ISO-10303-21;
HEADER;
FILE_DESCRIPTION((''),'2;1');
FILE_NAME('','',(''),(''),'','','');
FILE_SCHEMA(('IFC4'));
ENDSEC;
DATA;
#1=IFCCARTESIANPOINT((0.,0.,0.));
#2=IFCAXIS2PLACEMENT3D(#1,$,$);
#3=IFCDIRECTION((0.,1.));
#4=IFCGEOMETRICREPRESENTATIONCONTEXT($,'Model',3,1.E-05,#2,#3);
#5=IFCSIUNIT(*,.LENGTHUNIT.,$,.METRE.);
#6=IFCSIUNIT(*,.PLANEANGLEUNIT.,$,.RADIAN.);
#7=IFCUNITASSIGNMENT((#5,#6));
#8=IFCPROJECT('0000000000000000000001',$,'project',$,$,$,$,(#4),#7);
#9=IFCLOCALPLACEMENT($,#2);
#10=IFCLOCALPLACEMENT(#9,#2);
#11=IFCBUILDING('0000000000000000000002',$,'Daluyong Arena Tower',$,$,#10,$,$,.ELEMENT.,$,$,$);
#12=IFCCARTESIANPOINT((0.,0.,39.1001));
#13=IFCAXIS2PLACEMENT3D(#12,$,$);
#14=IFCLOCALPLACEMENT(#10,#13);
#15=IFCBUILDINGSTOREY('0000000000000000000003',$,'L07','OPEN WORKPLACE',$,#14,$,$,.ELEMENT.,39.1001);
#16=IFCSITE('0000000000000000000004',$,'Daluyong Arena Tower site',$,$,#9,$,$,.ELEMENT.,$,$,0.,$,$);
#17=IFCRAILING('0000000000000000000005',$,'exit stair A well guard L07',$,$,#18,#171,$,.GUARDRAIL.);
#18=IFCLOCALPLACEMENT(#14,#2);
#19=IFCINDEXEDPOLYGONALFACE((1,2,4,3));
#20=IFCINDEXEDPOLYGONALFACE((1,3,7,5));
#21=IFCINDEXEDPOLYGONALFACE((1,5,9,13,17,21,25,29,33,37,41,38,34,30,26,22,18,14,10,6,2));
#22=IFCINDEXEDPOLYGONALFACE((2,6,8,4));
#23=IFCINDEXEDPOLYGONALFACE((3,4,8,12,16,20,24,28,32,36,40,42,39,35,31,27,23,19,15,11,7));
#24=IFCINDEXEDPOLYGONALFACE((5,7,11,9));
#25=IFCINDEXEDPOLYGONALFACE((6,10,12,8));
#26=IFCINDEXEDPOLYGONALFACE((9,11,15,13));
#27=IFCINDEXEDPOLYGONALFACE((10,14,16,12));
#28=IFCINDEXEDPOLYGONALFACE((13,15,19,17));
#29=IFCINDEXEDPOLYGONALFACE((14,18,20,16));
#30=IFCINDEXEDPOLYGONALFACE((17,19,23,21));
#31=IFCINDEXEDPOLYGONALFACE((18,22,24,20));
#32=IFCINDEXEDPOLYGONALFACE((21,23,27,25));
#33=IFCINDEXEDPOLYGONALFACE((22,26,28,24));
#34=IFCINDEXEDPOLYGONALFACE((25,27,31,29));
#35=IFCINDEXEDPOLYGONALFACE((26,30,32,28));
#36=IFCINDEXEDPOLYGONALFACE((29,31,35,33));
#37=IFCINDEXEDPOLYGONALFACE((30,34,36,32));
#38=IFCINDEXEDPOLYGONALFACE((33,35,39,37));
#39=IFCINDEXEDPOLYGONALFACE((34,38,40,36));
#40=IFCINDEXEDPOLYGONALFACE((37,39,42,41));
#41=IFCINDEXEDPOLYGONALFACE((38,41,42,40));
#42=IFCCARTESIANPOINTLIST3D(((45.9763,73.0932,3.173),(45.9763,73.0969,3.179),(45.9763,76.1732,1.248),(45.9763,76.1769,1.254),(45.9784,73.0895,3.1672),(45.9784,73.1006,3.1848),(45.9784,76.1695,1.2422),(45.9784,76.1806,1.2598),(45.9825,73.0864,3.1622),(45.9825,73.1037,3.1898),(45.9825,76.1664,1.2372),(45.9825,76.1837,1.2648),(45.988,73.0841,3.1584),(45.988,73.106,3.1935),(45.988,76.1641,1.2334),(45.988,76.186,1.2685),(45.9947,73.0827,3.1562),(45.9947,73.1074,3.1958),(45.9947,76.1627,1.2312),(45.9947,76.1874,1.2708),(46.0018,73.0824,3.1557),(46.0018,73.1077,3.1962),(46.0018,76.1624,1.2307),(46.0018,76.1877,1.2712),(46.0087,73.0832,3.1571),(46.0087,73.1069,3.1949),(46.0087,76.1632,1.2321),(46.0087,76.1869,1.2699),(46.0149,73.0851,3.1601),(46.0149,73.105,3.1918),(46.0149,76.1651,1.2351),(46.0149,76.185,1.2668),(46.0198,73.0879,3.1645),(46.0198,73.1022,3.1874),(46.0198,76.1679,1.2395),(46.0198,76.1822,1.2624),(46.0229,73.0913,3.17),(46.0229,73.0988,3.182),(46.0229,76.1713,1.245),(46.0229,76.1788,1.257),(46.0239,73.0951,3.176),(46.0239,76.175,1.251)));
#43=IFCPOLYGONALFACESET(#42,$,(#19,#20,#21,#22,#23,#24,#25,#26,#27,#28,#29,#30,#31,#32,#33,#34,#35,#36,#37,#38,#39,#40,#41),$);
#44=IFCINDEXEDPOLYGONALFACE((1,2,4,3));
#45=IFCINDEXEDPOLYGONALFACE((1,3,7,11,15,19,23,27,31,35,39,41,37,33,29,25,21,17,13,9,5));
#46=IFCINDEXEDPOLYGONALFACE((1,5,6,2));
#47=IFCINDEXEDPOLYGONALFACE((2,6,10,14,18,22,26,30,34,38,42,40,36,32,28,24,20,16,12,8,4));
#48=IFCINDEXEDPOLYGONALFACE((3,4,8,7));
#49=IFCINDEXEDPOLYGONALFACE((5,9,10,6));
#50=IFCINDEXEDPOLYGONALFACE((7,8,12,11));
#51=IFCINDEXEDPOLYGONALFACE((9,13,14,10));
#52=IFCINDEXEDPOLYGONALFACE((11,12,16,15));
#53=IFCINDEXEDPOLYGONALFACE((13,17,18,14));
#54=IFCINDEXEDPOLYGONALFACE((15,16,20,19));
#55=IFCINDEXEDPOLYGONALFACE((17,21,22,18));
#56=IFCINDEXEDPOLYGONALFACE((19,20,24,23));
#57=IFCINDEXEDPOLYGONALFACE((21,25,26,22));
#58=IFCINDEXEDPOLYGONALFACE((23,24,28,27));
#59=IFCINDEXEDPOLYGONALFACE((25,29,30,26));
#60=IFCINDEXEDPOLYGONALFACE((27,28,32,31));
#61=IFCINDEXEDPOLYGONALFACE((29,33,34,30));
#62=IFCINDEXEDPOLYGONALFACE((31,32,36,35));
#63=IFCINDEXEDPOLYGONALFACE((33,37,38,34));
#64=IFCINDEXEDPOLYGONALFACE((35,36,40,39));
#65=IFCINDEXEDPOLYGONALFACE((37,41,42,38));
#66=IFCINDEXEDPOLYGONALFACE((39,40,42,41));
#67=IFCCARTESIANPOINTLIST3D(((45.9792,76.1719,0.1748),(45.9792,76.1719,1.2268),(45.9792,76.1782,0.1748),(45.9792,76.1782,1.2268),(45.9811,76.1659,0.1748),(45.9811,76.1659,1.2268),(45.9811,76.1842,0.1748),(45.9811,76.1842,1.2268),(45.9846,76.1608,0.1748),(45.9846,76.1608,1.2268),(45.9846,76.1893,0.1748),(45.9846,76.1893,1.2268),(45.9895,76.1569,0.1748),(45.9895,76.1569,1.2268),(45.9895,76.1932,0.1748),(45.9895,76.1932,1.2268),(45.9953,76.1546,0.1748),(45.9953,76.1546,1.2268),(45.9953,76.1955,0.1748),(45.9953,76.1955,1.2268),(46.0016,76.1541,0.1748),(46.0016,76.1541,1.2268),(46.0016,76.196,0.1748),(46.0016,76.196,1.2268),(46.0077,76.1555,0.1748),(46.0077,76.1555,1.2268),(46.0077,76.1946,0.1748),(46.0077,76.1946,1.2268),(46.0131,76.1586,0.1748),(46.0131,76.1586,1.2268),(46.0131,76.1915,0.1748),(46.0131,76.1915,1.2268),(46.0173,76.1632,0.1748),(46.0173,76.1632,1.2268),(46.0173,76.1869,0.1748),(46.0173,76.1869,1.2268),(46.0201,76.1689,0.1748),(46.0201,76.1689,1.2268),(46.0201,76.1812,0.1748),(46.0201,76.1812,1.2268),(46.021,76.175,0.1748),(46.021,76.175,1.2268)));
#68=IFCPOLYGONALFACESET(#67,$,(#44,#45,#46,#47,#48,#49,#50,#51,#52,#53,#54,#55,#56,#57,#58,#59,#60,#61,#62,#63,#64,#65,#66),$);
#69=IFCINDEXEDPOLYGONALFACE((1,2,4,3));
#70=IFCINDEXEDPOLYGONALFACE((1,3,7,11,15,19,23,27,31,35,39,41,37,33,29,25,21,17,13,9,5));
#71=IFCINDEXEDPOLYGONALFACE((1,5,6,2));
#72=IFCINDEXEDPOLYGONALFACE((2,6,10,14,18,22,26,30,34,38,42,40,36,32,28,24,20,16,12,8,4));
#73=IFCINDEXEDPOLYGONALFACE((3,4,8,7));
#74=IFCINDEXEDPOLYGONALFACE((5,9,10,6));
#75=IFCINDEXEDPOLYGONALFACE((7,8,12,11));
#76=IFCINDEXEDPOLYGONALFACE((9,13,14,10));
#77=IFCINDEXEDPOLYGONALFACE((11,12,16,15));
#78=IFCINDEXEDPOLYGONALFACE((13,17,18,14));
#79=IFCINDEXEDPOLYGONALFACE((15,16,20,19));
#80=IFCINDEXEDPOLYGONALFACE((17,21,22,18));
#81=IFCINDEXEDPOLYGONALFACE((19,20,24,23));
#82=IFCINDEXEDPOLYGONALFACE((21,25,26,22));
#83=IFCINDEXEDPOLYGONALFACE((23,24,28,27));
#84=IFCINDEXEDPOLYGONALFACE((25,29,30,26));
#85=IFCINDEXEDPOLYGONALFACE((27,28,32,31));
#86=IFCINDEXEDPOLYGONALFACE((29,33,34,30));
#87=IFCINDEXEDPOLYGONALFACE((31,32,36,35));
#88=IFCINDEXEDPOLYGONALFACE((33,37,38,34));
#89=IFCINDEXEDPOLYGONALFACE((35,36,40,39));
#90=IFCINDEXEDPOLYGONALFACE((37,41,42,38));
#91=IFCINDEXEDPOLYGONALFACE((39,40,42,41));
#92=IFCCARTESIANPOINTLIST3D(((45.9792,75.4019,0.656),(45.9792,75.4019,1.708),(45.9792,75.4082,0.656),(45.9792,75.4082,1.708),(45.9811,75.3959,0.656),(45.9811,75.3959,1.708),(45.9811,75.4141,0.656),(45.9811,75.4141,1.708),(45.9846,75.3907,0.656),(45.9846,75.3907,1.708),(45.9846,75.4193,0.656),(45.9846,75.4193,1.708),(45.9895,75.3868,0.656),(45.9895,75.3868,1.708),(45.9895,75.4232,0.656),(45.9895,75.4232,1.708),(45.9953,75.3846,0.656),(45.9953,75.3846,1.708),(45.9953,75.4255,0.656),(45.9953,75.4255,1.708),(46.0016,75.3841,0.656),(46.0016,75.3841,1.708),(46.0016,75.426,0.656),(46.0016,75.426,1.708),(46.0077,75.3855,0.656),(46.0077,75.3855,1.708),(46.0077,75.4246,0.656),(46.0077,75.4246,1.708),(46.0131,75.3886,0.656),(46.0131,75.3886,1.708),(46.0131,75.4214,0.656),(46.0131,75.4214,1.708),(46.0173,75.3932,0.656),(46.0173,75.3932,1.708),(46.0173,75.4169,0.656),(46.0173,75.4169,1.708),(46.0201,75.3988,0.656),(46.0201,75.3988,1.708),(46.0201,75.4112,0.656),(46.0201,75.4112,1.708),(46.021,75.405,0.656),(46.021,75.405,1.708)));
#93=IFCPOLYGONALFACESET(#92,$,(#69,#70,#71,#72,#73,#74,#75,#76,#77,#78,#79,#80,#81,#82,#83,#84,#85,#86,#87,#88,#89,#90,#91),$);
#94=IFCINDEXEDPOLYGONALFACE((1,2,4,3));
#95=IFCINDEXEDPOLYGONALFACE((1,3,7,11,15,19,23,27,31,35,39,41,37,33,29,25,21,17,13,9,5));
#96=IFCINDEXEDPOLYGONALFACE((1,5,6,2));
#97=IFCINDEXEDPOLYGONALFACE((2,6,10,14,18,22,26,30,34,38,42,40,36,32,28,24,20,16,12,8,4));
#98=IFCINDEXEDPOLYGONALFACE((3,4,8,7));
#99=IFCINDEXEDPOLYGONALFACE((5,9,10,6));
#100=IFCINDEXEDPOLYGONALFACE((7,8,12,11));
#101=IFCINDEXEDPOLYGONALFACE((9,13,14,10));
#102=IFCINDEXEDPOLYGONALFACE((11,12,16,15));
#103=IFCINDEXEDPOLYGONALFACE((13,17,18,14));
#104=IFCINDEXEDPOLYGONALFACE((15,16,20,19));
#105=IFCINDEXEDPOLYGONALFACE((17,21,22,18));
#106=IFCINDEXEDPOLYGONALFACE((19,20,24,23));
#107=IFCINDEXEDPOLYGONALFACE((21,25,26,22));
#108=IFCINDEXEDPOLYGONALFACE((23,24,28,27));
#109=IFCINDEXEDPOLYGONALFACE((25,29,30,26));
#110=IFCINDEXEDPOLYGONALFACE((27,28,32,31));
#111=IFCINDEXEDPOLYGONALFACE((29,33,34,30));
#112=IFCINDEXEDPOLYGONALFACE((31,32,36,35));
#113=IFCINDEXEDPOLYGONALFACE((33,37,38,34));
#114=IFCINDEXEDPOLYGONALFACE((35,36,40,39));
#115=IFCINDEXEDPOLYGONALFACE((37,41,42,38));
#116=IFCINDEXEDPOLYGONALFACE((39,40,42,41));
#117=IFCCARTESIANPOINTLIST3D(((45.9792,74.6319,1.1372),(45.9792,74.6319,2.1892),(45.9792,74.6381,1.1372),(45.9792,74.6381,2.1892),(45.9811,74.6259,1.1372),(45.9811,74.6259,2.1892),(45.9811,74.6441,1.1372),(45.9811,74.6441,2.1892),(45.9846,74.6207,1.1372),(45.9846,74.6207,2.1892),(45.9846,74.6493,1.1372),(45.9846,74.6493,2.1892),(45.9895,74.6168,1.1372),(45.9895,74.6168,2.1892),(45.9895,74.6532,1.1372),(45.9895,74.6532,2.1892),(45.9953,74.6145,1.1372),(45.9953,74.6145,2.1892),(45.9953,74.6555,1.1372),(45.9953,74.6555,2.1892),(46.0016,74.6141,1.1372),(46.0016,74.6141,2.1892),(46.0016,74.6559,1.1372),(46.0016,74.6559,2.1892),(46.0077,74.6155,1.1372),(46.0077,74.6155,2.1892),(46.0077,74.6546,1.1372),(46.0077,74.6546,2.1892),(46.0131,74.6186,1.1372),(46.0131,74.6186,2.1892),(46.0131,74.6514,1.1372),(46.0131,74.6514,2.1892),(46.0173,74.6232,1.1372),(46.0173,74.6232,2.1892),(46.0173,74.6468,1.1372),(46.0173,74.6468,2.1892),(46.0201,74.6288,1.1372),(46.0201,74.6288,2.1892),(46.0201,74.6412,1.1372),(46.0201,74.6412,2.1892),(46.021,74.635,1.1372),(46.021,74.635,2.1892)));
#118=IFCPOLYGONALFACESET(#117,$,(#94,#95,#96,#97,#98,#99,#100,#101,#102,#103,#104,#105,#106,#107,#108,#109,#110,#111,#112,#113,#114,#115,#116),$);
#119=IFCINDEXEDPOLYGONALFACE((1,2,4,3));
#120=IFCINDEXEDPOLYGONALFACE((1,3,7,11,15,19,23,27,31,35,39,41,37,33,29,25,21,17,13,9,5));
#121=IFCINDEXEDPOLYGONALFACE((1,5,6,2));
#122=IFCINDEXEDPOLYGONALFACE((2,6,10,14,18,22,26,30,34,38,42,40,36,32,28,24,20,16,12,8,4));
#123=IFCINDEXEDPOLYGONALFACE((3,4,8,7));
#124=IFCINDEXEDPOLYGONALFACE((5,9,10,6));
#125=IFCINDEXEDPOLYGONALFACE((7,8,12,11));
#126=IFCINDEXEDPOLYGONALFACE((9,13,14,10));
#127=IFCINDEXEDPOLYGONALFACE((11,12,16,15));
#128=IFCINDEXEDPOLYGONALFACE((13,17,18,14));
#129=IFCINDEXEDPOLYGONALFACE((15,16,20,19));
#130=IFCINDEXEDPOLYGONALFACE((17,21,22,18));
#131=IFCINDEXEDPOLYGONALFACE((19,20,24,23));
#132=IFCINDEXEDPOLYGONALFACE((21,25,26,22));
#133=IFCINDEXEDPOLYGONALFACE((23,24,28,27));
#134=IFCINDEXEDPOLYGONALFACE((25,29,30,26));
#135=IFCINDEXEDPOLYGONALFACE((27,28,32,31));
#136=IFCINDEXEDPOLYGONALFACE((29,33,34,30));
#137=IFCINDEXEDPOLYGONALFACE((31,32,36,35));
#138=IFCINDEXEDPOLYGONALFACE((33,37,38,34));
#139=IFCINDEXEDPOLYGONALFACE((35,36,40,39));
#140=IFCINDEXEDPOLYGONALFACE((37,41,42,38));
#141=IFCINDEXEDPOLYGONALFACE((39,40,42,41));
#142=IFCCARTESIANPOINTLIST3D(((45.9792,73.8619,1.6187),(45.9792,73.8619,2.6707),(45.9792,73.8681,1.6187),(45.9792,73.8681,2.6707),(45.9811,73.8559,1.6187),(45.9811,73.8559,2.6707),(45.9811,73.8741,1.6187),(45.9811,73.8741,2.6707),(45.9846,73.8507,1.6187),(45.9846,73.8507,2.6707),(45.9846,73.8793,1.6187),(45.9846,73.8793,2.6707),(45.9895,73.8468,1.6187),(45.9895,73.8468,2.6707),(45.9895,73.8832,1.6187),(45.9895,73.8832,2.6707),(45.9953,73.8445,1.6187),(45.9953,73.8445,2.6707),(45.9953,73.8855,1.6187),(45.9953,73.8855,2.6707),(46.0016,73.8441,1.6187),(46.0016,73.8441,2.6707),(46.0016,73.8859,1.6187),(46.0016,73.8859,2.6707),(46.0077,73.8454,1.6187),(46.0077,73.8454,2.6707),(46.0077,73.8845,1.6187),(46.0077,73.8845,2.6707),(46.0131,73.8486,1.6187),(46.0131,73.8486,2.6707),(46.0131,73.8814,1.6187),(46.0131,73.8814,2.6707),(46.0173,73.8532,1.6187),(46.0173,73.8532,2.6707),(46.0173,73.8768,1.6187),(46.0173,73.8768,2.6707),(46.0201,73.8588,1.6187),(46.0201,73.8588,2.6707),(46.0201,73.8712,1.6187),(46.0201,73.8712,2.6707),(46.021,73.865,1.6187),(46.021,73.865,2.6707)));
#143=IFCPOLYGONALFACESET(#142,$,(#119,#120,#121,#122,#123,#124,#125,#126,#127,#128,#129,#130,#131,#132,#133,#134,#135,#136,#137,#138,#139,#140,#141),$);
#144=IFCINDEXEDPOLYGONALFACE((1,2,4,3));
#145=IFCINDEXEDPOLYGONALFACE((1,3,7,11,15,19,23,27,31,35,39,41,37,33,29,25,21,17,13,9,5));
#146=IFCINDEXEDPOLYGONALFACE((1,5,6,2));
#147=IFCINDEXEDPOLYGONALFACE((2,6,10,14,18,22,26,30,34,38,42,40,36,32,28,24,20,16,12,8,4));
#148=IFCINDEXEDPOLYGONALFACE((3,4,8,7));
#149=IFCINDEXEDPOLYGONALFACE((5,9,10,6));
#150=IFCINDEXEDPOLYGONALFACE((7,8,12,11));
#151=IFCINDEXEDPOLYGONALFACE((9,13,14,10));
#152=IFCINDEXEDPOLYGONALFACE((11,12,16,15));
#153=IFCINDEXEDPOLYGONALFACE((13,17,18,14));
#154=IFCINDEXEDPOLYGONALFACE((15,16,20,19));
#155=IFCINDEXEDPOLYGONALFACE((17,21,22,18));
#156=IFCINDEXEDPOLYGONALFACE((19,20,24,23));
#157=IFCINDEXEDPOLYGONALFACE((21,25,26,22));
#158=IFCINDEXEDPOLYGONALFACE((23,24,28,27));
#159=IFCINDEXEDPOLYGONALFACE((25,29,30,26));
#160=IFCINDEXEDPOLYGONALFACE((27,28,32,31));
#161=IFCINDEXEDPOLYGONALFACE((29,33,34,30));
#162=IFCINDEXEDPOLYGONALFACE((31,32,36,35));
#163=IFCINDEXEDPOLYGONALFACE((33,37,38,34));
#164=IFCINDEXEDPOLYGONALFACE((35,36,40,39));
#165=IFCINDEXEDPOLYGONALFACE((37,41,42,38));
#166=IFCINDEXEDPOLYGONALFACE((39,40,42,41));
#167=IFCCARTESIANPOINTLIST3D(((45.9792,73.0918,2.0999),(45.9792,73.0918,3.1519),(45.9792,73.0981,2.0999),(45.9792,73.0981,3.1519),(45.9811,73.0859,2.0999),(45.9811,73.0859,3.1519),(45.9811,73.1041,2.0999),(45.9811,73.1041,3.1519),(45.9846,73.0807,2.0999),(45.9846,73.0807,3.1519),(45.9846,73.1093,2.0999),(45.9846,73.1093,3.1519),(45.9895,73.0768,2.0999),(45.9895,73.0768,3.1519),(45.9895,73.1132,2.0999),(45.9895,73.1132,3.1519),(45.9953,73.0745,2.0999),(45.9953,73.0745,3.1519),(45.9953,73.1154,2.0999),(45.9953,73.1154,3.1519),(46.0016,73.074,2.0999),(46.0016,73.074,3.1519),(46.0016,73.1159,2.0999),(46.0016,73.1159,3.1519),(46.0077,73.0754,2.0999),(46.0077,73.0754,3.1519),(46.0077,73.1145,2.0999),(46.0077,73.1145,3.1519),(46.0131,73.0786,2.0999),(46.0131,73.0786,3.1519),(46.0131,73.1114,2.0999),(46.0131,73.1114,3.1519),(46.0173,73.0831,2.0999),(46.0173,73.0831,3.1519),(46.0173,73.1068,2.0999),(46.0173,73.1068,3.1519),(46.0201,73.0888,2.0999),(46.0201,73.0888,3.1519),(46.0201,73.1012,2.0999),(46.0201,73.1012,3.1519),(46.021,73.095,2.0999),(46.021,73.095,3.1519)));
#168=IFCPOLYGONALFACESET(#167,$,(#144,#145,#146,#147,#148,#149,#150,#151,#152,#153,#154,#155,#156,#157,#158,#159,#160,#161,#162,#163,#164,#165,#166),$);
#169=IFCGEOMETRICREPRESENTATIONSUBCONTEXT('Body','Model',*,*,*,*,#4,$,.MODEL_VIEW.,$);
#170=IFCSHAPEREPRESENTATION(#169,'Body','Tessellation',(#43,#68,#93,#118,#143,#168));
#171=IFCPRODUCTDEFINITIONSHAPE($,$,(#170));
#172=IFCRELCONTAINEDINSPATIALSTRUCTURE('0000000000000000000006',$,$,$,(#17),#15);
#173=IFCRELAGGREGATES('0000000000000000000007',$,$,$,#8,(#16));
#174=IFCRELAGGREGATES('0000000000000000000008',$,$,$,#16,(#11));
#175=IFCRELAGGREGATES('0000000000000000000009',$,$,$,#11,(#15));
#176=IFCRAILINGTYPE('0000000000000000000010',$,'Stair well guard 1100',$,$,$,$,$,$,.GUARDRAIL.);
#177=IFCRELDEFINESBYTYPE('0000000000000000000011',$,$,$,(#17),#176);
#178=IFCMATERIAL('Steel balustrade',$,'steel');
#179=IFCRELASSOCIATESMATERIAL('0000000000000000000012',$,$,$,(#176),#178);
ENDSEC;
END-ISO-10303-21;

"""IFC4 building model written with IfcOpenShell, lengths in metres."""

from ifc_helpers import new_model, si_unit, direction, frame, origin, origin_2d, place, context, subcontext, project, spatial, circle, extrude, material, type_object, element, save


model = new_model("IFC4")

# Units and contexts
model_context = context("Model", 3, precision=1e-05, world=origin(), true_north=direction((0.0, 1.0)))
body_context = subcontext(model_context, "Body", "Model", "MODEL_VIEW")
ifc_project = project(units=[si_unit("LENGTHUNIT", "METRE"), si_unit("PLANEANGLEUNIT", "RADIAN")], contexts=[model_context])

# Site, building, storey
site_placement = place(None, origin())
site = spatial("IfcSite", under=ifc_project, at=site_placement, Name="Daluyong Arena Tower site", CompositionType="ELEMENT", RefElevation=0.0)
building_placement = place(site_placement, origin())
building = spatial("IfcBuilding", under=site, at=building_placement, Name="Daluyong Arena Tower", CompositionType="ELEMENT")
storey_placement = place(building_placement, frame((0.0, 0.0, 39.1001)))
storey = spatial("IfcBuildingStorey", under=building, at=storey_placement, Name="L07", Description="OPEN WORKPLACE", CompositionType="ELEMENT", Elevation=39.1001)

# Railing
ifc_material_1 = material(Name="Steel balustrade", Category="steel")
railing_type_1 = type_object("IfcRailingType", Name="Stair well guard 1100", PredefinedType="GUARDRAIL", material=ifc_material_1)
railing_1_placement = place(storey_placement, frame((46.0, 76.175, 0.1748)))
element("IfcRailing", 1, at=railing_1_placement, inside=storey, type_object=railing_type_1, Name="exit stair A well guard L07", PredefinedType="GUARDRAIL", context=body_context, shape_type="SweptSolid", body=[
    extrude(circle(Radius=0.0239, at=origin_2d()), frame((0.0, 0.0, 1.0762), z_axis=(0.0, -0.847998, 0.529999), x_axis=(1.0, 0.0, 0.0)), (0.0, 0.0, 1.0), 3.6321),
    extrude(circle(Radius=0.021, at=origin_2d()), origin(), (0.0, 0.0, 1.0), 1.052),
    extrude(circle(Radius=0.021, at=origin_2d()), frame((0.0, -0.77, 0.4812)), (0.0, 0.0, 1.0), 1.052),
    extrude(circle(Radius=0.021, at=origin_2d()), frame((0.0, -1.54, 0.9624)), (0.0, 0.0, 1.0), 1.052),
    extrude(circle(Radius=0.021, at=origin_2d()), frame((0.0, -2.3101, 1.4438)), (0.0, 0.0, 1.0), 1.052),
    extrude(circle(Radius=0.021, at=origin_2d()), frame((0.0, -3.0801, 1.925)), (0.0, 0.0, 1.0), 1.052),
])

save(model, "model.ifc")
